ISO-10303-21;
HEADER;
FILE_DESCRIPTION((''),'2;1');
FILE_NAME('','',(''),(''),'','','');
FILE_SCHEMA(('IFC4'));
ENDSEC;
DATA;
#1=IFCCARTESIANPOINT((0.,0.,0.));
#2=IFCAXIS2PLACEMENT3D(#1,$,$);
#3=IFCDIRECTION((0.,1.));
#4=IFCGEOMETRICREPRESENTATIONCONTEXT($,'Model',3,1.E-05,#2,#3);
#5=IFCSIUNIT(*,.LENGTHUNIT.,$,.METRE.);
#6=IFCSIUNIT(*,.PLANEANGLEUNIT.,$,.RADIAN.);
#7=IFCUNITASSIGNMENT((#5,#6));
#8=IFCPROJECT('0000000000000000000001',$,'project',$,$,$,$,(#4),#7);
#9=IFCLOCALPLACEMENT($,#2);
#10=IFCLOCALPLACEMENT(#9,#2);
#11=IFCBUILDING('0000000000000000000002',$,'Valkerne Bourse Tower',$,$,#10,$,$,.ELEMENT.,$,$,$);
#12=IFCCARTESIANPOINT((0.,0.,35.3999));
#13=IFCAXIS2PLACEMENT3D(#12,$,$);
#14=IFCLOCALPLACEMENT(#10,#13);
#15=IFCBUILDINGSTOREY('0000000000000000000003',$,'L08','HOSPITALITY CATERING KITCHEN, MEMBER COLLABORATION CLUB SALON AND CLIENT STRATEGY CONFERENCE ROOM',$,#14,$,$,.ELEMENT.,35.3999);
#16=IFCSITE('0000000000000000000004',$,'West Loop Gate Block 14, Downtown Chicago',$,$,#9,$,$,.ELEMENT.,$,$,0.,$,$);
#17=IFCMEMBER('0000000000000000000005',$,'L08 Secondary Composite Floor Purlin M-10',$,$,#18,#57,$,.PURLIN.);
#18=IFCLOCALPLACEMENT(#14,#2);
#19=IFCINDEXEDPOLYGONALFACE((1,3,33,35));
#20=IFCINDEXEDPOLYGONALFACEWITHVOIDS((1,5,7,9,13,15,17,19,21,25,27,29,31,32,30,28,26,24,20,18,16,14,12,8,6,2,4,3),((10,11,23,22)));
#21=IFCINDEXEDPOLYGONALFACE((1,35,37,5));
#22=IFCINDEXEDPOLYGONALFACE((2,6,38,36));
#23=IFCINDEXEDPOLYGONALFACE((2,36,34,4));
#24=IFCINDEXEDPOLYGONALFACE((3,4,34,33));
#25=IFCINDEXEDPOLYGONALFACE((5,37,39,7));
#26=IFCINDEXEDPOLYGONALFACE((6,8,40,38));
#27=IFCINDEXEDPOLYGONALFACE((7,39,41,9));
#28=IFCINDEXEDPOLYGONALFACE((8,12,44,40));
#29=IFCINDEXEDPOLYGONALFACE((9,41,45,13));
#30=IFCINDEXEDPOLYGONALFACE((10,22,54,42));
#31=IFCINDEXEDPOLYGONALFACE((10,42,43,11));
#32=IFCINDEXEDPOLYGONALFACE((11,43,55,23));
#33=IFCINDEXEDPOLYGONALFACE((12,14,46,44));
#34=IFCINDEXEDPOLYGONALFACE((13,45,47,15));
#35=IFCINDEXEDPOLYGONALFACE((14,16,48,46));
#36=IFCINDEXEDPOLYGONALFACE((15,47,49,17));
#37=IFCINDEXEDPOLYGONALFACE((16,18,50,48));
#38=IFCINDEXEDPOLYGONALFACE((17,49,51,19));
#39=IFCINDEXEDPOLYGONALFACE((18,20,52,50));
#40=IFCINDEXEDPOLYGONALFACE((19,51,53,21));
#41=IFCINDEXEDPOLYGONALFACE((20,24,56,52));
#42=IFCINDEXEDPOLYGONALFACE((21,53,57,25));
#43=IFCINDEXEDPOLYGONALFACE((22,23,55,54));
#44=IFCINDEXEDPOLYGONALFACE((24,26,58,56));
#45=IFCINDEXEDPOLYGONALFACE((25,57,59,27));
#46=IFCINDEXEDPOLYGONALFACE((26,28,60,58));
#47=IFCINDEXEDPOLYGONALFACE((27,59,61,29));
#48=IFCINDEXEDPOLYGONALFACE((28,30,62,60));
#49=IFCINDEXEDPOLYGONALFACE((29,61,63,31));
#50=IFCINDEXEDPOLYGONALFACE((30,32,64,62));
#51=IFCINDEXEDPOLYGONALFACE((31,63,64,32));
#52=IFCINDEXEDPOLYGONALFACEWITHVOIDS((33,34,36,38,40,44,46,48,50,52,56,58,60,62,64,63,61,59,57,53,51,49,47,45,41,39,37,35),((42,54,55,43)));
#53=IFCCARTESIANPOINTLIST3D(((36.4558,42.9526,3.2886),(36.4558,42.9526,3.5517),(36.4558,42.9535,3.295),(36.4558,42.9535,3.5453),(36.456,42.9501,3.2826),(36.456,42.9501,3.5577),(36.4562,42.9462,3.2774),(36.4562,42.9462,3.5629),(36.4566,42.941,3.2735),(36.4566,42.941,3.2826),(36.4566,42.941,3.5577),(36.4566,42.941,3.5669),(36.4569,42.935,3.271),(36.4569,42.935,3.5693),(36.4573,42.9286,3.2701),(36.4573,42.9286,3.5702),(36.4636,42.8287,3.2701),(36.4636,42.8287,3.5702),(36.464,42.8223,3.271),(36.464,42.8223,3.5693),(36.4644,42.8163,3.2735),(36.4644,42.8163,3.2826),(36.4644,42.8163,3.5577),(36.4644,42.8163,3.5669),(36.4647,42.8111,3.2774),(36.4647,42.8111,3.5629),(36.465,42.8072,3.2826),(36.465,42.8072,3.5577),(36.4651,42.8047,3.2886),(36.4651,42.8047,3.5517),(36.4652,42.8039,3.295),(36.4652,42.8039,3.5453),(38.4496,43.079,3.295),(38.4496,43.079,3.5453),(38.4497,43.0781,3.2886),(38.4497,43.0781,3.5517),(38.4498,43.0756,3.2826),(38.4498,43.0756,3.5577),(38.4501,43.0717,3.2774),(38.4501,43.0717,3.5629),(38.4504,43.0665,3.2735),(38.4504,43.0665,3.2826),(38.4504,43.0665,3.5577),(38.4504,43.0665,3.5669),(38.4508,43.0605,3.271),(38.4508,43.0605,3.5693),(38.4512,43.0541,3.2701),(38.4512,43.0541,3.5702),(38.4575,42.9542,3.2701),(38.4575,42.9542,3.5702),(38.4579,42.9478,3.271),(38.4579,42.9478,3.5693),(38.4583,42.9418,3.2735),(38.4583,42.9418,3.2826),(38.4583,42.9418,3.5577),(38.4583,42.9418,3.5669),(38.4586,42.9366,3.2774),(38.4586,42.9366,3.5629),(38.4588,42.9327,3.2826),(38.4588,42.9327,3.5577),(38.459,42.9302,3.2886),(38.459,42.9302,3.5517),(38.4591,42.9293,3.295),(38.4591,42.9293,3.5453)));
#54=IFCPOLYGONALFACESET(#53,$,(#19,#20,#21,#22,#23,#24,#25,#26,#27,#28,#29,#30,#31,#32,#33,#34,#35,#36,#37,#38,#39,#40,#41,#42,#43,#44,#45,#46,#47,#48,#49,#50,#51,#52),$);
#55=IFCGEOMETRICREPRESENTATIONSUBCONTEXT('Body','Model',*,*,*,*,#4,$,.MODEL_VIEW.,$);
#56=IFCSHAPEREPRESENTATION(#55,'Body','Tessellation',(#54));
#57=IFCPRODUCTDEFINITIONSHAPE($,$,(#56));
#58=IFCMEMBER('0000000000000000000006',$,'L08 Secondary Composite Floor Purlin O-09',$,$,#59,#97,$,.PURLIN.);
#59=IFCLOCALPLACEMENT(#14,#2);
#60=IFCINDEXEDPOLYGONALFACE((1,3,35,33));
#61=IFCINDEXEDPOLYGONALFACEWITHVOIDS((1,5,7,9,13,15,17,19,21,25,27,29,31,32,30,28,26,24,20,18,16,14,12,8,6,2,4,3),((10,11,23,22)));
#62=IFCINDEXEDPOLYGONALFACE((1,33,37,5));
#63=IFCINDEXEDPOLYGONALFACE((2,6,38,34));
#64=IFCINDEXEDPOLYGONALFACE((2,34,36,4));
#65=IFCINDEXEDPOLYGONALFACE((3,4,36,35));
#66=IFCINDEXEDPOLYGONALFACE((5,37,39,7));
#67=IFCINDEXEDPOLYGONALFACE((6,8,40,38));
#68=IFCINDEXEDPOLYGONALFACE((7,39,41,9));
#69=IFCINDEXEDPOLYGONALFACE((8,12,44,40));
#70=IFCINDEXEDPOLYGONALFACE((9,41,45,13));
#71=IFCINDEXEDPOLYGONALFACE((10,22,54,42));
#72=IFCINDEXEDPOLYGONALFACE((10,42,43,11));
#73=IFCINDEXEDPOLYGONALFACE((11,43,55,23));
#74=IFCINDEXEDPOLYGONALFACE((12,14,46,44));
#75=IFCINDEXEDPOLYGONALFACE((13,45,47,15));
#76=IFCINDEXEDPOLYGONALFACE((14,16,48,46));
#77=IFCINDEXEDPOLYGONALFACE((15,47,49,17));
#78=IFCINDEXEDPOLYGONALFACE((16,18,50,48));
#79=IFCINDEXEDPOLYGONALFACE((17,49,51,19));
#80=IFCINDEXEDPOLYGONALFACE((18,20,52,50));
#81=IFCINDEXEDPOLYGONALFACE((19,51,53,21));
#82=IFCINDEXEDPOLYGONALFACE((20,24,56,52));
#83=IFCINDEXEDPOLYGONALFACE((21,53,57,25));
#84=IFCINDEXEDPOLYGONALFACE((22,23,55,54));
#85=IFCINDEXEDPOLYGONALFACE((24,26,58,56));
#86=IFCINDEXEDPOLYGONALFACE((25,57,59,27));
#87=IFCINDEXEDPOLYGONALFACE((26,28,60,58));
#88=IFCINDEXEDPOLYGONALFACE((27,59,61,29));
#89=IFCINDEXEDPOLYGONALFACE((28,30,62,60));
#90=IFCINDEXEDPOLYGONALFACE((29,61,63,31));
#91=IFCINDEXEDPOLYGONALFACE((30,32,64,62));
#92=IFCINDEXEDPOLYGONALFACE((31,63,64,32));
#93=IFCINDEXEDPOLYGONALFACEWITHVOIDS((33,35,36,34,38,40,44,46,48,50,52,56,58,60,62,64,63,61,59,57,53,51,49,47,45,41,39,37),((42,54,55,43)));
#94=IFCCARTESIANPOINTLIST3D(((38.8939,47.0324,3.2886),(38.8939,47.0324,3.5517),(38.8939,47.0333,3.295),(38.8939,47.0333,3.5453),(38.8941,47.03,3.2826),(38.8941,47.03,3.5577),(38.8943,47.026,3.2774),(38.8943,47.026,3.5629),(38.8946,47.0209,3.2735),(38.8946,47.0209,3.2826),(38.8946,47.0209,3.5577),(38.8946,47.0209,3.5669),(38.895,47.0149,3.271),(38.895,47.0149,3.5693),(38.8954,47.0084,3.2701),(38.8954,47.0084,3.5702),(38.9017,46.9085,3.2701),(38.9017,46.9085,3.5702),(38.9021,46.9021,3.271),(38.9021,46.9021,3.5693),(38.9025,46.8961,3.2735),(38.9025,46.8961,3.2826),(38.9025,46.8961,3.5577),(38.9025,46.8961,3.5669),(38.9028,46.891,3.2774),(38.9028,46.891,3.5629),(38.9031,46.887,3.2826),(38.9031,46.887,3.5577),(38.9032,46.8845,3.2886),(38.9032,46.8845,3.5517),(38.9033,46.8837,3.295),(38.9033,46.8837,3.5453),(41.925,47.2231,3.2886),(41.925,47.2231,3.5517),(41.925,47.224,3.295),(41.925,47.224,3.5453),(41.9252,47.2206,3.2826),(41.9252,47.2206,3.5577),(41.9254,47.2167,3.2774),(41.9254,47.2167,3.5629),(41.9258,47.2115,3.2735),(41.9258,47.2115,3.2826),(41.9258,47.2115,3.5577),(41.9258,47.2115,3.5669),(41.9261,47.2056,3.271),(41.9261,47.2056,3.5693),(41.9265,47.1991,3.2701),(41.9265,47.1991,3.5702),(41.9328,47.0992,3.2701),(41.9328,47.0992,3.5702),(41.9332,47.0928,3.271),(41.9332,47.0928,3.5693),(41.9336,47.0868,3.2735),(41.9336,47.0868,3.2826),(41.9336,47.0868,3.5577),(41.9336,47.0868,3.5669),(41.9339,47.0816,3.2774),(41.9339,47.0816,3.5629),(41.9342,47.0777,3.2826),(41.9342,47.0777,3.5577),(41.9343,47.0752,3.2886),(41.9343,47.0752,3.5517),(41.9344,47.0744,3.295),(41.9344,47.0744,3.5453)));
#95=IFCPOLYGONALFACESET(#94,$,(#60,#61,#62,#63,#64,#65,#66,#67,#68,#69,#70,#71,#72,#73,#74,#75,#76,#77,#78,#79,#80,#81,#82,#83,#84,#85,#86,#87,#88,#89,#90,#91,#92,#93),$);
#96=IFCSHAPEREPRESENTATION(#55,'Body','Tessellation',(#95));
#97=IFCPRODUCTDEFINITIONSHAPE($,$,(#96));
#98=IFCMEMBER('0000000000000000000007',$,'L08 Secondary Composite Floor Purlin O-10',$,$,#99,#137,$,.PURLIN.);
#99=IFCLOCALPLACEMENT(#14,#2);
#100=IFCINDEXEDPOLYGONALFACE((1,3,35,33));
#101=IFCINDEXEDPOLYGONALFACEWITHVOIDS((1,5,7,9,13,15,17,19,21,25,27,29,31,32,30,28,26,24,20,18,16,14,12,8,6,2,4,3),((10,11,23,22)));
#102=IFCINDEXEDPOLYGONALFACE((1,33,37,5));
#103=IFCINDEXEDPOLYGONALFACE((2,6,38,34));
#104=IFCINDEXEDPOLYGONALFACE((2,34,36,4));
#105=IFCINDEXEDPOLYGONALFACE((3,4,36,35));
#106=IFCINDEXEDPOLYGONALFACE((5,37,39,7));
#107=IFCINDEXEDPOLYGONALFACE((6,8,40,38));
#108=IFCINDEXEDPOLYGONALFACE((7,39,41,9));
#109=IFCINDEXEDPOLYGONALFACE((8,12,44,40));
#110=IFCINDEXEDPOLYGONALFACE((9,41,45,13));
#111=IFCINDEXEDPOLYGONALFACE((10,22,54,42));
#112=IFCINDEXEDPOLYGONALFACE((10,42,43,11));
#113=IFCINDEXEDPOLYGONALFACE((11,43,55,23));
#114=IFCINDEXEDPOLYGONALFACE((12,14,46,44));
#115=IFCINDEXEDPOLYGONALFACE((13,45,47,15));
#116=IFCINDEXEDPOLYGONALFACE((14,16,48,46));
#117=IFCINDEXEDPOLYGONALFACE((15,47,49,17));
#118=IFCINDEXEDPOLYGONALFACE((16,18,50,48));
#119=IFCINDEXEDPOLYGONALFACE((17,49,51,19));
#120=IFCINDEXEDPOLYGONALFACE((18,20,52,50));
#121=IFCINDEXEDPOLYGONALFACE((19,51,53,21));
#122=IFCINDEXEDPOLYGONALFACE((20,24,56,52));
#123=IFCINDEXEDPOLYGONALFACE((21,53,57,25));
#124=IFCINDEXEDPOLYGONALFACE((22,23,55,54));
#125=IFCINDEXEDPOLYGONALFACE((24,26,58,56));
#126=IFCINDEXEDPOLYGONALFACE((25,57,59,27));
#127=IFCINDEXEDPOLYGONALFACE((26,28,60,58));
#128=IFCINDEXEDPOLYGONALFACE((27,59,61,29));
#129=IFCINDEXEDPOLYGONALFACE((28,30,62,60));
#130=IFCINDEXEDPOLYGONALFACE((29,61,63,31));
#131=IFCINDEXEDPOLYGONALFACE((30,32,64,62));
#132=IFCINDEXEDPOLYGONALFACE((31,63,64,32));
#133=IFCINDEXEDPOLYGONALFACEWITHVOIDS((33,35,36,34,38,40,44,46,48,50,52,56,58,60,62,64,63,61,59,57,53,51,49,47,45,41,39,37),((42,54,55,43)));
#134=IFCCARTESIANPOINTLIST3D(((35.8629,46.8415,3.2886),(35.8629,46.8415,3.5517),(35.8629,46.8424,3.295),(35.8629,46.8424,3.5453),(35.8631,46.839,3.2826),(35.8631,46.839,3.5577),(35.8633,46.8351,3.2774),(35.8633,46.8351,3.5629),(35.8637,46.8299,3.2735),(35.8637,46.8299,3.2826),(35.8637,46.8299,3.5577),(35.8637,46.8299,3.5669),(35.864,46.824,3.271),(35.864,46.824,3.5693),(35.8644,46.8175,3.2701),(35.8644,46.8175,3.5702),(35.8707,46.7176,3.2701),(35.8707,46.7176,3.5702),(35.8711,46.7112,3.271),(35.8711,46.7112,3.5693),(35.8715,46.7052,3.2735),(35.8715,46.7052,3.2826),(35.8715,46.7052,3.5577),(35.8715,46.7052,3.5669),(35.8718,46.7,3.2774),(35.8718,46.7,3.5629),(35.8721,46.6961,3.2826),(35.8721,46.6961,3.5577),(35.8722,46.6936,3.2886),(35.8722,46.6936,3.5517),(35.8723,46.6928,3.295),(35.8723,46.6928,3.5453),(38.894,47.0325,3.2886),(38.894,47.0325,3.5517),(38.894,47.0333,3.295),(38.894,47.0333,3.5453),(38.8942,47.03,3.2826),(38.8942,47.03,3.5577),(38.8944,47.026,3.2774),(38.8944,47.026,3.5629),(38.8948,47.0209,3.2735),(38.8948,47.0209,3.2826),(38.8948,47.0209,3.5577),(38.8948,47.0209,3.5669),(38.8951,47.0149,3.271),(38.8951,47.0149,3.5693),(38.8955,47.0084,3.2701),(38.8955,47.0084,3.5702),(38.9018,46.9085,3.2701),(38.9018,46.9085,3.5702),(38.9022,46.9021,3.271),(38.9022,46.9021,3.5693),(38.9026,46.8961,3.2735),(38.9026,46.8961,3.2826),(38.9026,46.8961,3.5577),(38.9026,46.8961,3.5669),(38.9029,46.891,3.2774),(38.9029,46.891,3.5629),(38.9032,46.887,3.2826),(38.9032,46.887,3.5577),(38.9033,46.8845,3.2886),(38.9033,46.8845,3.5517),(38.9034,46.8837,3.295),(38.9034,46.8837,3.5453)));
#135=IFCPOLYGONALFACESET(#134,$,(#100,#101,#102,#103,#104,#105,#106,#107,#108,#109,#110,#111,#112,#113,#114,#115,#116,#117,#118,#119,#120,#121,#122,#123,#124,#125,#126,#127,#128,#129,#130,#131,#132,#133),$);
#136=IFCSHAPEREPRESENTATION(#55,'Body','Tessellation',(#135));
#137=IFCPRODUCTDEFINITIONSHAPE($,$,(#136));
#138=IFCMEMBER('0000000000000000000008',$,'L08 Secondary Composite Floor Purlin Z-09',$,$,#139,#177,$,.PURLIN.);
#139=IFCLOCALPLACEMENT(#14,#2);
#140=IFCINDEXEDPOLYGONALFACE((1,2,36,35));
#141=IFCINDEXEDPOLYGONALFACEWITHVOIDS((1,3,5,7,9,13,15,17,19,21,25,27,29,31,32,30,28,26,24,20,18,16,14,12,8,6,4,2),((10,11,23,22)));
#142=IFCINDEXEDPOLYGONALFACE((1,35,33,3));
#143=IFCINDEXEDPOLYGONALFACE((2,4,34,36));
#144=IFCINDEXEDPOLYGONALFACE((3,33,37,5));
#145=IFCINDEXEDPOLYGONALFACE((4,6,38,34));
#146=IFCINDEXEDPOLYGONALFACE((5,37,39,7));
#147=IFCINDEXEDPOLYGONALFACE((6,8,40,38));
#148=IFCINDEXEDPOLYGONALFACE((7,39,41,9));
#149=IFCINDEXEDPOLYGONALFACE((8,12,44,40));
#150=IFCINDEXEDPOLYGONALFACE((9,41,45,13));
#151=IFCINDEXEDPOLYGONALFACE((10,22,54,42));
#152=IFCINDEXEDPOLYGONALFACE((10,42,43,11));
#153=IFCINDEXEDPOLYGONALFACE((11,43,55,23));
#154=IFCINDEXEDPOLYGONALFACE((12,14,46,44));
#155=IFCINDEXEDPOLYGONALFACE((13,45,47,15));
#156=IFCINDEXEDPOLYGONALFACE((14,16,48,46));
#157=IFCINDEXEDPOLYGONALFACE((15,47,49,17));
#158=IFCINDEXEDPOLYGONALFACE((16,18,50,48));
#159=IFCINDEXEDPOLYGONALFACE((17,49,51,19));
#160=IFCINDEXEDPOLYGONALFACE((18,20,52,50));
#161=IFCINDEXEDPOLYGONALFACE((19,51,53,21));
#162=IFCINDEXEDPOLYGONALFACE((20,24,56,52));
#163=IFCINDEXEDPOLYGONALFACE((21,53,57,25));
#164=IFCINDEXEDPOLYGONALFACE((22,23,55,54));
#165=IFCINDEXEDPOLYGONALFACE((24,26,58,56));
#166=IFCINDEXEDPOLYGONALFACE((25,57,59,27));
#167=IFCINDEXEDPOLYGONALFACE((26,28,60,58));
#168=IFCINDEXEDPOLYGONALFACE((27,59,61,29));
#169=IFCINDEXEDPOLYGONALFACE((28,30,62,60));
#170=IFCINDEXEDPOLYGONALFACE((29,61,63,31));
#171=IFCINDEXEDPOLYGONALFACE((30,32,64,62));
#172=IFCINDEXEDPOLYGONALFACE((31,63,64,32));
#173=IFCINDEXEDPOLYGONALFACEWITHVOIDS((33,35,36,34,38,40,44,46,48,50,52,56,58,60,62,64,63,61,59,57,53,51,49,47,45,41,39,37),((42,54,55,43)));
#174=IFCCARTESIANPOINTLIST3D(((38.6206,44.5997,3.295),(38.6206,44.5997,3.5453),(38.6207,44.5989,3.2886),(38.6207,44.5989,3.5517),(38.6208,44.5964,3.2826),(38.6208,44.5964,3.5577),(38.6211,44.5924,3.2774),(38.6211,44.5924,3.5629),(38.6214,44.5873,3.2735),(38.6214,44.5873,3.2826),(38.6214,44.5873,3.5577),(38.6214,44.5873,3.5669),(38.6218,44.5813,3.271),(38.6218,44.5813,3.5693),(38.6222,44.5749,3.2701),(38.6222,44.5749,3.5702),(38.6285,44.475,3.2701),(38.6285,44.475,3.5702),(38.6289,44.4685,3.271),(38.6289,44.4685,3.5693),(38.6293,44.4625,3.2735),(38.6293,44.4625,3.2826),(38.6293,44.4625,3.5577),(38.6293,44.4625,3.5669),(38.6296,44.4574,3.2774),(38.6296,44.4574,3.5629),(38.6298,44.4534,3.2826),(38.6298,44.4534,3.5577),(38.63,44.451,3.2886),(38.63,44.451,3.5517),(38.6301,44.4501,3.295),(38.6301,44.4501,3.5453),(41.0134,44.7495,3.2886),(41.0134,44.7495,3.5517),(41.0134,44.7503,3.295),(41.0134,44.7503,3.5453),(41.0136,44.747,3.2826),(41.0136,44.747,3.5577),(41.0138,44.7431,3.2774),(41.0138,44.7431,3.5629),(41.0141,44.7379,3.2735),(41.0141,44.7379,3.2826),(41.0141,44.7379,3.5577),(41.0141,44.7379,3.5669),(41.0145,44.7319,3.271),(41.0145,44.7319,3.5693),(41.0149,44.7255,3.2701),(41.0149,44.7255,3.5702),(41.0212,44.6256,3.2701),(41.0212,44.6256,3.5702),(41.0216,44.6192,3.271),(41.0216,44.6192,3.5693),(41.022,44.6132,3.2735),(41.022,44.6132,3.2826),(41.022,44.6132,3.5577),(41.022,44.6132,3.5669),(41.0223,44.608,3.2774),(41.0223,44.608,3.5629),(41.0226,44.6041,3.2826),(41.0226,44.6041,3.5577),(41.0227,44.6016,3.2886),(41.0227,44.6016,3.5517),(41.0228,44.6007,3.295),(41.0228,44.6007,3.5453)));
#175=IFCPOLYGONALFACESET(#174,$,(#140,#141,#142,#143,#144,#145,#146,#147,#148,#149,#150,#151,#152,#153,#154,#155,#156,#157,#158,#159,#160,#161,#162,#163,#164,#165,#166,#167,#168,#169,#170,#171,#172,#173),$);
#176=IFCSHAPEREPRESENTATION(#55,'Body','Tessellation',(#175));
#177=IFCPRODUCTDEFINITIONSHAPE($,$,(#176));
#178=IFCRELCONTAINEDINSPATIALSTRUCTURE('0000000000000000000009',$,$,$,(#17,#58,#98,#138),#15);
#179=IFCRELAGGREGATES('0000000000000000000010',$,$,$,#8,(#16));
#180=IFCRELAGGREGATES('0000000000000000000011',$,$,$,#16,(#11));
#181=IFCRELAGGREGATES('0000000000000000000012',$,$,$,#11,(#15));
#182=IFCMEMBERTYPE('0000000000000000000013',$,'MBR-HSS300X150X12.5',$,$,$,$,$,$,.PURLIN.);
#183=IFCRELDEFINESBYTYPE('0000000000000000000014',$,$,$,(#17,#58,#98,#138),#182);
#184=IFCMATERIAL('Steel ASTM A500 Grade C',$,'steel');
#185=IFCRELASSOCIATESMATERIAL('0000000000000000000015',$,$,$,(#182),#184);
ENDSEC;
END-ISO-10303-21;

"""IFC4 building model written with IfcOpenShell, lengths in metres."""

from ifc_helpers import new_model, si_unit, direction, frame, origin, origin_2d, place, context, subcontext, project, spatial, hollow_rectangle, extrude, material, material_profile, profile_set, type_object, element, save


model = new_model("IFC4")

# Units and contexts
model_context = context("Model", 3, precision=1e-05, world=origin(), true_north=direction((0.0, 1.0)))
body_context = subcontext(model_context, "Body", "Model", "MODEL_VIEW")
ifc_project = project(units=[si_unit("LENGTHUNIT", "METRE"), si_unit("PLANEANGLEUNIT", "RADIAN")], contexts=[model_context])

# Site, building, storey
site_placement = place(None, origin())
site = spatial("IfcSite", under=ifc_project, at=site_placement, Name="West Loop Gate Block 14, Downtown Chicago", CompositionType="ELEMENT", RefElevation=0.0)
building_placement = place(site_placement, origin())
building = spatial("IfcBuilding", under=site, at=building_placement, Name="Valkerne Bourse Tower", CompositionType="ELEMENT")
storey_placement = place(building_placement, frame((0.0, 0.0, 35.3999)))
storey = spatial("IfcBuildingStorey", under=building, at=storey_placement, Name="L08", Description="HOSPITALITY CATERING KITCHEN, MEMBER COLLABORATION CLUB SALON AND CLIENT STRATEGY CONFERENCE ROOM", CompositionType="ELEMENT", Elevation=35.3999)

# Members
ifc_material_1 = material(Name="Steel ASTM A500 Grade C", Category="steel")
ifc_material_profile_1 = material_profile(ifc_material_1, hollow_rectangle(XDim=0.1499, YDim=0.3, WallThickness=0.0125, OuterFilletRadius=0.0249, at=origin_2d()), Name="HSS300X150X12.5")
ifc_profile_set_1 = profile_set([ifc_material_profile_1], Name="Steel ASTM A500 Grade C")
member_type_1 = type_object("IfcMemberType", Name="MBR-HSS300X150X12.5", PredefinedType="PURLIN", material=ifc_profile_set_1)
member_1_placement = place(storey_placement, frame((38.4543, 43.0042, 3.4202), z_axis=(-0.998025, -0.062812, 0.0), x_axis=(0.062812, -0.998025, 0.0)))
element("IfcMember", 1, at=member_1_placement, inside=storey, type_object=member_type_1, Name="L08 Secondary Composite Floor Purlin M-10", PredefinedType="PURLIN", context=body_context, shape_type="SweptSolid", body=[
    extrude(hollow_rectangle(XDim=0.1499, YDim=0.3, WallThickness=0.0125, OuterFilletRadius=0.0249, at=origin_2d()), origin(), (0.0, 0.0, 1.0), 1.9978),
])
for number, where, z_axis, x_axis, name in (
    (2, (41.9297, 47.1492, 3.4202), (-0.998027, -0.062784, 0.0), (0.062784, -0.998027, 0.0), "L08 Secondary Composite Floor Purlin O-09"),
    (3, (38.8987, 46.9585, 3.4202), (-0.998022, -0.062864, 0.0), (0.062864, -0.998022, 0.0), "L08 Secondary Composite Floor Purlin O-10"),
):
    element("IfcMember", number, at=place(storey_placement, frame(where, z_axis=z_axis, x_axis=x_axis)), inside=storey, type_object=member_type_1, Name=name, PredefinedType="PURLIN", context=body_context, shape_type="SweptSolid", body=[
        extrude(hollow_rectangle(XDim=0.1499, YDim=0.3, WallThickness=0.0125, OuterFilletRadius=0.0249, at=origin_2d()), origin(), (0.0, 0.0, 1.0), 3.0371),
    ])
for number, where, z_axis, x_axis, name in (
    (4, (41.0181, 44.6755, 3.4202), (-0.998024, -0.062828, 0.0), (0.062828, -0.998024, 0.0), "L08 Secondary Composite Floor Purlin Z-09"),
):
    element("IfcMember", number, at=place(storey_placement, frame(where, z_axis=z_axis, x_axis=x_axis)), inside=storey, type_object=member_type_1, Name=name, PredefinedType="PURLIN", context=body_context, shape_type="SweptSolid", body=[
        extrude(hollow_rectangle(XDim=0.1499, YDim=0.3, WallThickness=0.0125, OuterFilletRadius=0.0249, at=origin_2d()), origin(), (0.0, 0.0, 1.0), 2.3975),
    ])

save(model, "model.ifc")
